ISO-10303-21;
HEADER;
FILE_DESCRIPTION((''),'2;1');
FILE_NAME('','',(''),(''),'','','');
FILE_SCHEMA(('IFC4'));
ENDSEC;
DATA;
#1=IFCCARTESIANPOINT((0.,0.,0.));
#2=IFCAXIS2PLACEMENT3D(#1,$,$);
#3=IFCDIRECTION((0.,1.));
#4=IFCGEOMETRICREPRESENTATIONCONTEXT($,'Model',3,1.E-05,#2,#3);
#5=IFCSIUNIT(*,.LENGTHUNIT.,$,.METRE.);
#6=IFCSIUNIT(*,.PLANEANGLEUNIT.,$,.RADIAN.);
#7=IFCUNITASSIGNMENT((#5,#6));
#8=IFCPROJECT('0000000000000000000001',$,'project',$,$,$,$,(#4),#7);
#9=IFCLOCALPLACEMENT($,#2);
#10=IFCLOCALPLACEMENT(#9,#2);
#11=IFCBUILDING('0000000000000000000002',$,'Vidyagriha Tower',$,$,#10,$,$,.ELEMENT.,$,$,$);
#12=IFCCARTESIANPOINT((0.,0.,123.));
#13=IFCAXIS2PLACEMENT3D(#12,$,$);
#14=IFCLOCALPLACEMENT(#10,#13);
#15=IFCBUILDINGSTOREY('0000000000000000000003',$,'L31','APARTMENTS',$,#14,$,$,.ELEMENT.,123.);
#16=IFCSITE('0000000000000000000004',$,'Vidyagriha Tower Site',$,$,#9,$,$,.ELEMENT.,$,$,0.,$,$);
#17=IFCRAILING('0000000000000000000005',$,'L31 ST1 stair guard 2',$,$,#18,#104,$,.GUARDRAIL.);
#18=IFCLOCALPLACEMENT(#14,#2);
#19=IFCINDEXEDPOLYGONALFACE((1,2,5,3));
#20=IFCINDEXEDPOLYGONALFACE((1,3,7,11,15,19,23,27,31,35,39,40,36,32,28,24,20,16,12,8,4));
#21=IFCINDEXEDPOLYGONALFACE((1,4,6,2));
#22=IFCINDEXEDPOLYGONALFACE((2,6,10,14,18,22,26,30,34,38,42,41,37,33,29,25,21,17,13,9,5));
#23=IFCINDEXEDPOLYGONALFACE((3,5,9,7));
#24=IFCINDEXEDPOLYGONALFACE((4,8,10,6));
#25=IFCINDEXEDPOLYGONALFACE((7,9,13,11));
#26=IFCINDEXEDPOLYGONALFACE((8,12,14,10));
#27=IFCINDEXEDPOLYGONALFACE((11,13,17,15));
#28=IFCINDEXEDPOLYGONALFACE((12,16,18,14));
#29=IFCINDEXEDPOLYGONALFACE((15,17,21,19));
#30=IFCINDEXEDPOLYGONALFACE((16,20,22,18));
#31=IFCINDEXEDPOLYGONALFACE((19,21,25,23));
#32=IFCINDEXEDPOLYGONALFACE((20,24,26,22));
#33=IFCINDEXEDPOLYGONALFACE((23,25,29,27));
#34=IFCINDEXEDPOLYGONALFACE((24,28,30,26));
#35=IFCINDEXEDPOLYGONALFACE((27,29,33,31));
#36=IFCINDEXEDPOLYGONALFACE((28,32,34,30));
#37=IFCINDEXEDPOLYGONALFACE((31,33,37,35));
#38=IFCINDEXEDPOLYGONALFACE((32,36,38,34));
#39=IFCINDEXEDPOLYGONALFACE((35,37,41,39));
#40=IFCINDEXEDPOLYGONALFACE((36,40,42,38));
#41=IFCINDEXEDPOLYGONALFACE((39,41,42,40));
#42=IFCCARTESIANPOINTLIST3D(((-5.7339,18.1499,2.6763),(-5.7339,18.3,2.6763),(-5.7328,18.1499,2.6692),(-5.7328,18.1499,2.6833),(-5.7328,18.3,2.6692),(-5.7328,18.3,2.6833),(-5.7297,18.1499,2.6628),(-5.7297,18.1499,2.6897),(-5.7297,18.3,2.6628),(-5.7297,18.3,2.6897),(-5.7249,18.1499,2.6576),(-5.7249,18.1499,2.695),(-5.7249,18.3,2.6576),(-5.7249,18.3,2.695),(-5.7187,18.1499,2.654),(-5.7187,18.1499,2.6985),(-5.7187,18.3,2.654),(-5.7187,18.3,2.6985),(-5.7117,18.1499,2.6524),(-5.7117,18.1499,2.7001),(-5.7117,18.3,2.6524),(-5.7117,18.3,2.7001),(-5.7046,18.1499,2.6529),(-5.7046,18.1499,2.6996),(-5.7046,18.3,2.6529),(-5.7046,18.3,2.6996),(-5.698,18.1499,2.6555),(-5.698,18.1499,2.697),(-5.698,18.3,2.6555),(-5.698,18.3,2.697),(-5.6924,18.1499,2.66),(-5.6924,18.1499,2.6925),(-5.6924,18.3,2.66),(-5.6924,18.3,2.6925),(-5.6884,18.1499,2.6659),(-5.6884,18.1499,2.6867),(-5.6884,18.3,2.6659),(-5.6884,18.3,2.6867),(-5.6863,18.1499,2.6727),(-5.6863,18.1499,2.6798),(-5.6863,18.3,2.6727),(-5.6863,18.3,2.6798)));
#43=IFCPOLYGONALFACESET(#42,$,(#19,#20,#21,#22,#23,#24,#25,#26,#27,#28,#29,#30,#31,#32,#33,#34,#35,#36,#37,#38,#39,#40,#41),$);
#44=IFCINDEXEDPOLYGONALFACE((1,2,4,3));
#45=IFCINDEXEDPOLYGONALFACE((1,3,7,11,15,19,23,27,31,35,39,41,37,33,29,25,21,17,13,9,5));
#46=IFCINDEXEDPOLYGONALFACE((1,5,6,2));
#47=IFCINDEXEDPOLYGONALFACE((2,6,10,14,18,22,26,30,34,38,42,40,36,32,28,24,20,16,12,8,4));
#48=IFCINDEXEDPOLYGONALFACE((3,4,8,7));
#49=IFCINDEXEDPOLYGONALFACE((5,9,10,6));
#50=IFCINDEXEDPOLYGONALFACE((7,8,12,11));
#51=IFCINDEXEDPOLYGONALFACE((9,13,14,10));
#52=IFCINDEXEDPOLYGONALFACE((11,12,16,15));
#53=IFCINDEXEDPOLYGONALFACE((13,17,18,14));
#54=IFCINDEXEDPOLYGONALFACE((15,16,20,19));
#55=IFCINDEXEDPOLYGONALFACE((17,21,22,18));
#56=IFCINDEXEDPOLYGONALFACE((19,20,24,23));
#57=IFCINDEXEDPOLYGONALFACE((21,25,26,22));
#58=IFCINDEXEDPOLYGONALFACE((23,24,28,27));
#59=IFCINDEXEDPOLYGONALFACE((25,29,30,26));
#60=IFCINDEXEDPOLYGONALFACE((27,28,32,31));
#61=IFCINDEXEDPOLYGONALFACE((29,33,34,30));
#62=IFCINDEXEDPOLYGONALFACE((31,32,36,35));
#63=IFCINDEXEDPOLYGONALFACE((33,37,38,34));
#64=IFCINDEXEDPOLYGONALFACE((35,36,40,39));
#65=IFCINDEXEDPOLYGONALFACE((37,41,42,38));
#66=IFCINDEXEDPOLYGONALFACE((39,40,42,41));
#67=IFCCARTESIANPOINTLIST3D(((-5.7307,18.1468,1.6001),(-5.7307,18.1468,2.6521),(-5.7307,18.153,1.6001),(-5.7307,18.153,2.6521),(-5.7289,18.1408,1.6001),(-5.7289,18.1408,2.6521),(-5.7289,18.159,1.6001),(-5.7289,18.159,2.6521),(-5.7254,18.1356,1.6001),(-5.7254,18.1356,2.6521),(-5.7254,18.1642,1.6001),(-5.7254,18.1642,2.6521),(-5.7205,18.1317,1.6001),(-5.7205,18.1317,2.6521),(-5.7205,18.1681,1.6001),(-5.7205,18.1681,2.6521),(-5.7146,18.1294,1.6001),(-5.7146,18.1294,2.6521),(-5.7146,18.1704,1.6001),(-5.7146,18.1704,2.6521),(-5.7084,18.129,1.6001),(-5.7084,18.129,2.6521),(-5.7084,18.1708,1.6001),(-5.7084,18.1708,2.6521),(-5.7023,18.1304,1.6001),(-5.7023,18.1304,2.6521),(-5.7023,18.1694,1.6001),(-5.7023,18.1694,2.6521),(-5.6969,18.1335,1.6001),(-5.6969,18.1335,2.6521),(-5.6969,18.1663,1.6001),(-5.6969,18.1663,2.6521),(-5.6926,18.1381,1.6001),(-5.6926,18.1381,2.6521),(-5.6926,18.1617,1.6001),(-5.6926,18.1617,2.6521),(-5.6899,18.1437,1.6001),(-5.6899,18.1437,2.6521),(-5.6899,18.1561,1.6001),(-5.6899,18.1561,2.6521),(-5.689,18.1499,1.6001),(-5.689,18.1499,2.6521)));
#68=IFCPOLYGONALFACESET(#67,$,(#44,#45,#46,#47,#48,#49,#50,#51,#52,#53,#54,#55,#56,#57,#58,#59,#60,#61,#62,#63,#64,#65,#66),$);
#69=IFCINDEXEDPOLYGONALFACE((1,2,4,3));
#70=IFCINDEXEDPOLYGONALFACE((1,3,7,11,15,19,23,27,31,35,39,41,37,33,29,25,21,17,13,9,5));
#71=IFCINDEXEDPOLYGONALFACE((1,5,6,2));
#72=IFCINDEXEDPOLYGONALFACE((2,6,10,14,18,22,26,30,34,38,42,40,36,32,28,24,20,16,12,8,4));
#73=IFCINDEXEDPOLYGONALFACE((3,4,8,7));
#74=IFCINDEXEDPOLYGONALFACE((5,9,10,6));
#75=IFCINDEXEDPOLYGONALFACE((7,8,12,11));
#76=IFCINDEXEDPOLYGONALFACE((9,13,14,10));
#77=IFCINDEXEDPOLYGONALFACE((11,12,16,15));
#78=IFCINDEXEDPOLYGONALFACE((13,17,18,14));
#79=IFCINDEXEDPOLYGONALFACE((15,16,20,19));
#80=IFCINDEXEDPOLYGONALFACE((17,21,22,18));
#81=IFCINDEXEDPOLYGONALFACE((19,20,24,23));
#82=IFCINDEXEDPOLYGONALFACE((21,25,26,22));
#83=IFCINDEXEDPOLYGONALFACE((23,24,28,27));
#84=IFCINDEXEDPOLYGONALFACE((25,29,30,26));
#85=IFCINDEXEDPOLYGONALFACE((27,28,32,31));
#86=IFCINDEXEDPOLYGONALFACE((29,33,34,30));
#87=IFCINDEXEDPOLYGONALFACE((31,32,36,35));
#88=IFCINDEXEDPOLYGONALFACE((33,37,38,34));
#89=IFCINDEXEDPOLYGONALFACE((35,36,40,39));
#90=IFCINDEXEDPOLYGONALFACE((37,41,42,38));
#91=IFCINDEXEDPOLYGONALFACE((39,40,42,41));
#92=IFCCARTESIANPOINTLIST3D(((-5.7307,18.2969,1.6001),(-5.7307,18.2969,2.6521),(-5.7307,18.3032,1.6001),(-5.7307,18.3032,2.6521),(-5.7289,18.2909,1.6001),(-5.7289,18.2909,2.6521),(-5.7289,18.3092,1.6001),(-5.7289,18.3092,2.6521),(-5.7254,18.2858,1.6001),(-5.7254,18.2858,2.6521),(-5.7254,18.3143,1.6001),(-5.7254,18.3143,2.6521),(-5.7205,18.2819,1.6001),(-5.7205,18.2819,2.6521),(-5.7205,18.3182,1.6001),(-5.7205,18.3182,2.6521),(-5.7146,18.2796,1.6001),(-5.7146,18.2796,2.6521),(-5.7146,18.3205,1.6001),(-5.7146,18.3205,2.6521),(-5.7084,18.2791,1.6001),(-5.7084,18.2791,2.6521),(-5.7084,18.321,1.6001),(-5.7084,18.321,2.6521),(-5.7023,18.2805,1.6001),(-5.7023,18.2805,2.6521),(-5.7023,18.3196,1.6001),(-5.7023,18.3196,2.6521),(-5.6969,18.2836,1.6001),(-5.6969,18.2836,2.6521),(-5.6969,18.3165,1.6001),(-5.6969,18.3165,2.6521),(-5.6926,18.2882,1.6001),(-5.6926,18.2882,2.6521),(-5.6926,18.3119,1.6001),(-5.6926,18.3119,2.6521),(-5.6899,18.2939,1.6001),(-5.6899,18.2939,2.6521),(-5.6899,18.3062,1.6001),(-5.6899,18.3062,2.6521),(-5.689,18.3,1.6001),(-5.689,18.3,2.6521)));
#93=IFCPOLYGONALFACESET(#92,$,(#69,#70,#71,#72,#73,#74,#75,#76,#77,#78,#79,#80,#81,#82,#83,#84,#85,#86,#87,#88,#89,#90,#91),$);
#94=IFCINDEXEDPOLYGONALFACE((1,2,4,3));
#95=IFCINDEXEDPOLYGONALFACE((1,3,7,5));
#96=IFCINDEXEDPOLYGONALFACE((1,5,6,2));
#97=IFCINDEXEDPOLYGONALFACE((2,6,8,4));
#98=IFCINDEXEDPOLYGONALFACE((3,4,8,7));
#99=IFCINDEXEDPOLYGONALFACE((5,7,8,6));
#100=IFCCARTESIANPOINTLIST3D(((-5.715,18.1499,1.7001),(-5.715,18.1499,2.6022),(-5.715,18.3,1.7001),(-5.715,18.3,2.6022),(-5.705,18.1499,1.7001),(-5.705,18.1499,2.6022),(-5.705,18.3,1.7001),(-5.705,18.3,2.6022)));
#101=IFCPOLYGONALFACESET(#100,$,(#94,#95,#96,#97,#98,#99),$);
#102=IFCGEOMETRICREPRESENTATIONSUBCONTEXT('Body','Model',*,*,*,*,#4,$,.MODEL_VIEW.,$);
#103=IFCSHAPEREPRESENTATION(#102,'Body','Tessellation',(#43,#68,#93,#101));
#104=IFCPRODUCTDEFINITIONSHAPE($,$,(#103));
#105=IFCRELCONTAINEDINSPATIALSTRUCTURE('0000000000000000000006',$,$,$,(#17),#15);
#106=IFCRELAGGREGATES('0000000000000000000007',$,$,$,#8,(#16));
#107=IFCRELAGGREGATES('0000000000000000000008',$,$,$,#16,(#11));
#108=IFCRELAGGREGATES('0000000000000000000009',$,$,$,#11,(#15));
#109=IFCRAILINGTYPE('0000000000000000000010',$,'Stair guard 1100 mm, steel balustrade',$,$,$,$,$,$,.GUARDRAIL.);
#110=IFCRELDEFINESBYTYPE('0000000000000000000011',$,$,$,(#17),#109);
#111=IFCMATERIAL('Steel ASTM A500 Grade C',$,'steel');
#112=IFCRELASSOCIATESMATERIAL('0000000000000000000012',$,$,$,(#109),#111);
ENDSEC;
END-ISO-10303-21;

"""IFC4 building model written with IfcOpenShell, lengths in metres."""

from ifc_helpers import new_model, si_unit, direction, frame, origin, origin_2d, place, context, subcontext, project, spatial, rectangle, circle, extrude, material, type_object, element, save


model = new_model("IFC4")

# Units and contexts
model_context = context("Model", 3, precision=1e-05, world=origin(), true_north=direction((0.0, 1.0)))
body_context = subcontext(model_context, "Body", "Model", "MODEL_VIEW")
ifc_project = project(units=[si_unit("LENGTHUNIT", "METRE"), si_unit("PLANEANGLEUNIT", "RADIAN")], contexts=[model_context])

# Site, building, storey
site_placement = place(None, origin())
site = spatial("IfcSite", under=ifc_project, at=site_placement, Name="Vidyagriha Tower Site", CompositionType="ELEMENT", RefElevation=0.0)
building_placement = place(site_placement, origin())
building = spatial("IfcBuilding", under=site, at=building_placement, Name="Vidyagriha Tower", CompositionType="ELEMENT")
storey_placement = place(building_placement, frame((0.0, 0.0, 123.0)))
storey = spatial("IfcBuildingStorey", under=building, at=storey_placement, Name="L31", Description="APARTMENTS", CompositionType="ELEMENT", Elevation=123.0)

# Railing
ifc_material_1 = material(Name="Steel ASTM A500 Grade C", Category="steel")
railing_type_1 = type_object("IfcRailingType", Name="Stair guard 1100 mm, steel balustrade", PredefinedType="GUARDRAIL", material=ifc_material_1)
railing_1_placement = place(storey_placement, frame((-5.71, 18.1499, 1.6001)))
element("IfcRailing", 1, at=railing_1_placement, inside=storey, type_object=railing_type_1, Name="L31 ST1 stair guard 2", PredefinedType="GUARDRAIL", context=body_context, shape_type="SweptSolid", body=[
    extrude(circle(Radius=0.0239, at=origin_2d()), frame((0.0, 0.0, 1.0762), z_axis=(0.0, 1.0, 0.0), x_axis=(-1.0, 0.0, 0.0)), (0.0, 0.0, 1.0), 0.1501),
    extrude(circle(Radius=0.021, at=origin_2d()), origin(), (0.0, 0.0, 1.0), 1.052),
    extrude(circle(Radius=0.021, at=origin_2d()), frame((0.0, 0.1501, 0.0)), (0.0, 0.0, 1.0), 1.052),
    extrude(rectangle(XDim=0.01, YDim=0.9021, at=origin_2d()), frame((0.0, 0.0, 0.551), z_axis=(0.0, 1.0, 0.0), x_axis=(-1.0, 0.0, 0.0)), (0.0, 0.0, 1.0), 0.1501),
])

save(model, "model.ifc")
